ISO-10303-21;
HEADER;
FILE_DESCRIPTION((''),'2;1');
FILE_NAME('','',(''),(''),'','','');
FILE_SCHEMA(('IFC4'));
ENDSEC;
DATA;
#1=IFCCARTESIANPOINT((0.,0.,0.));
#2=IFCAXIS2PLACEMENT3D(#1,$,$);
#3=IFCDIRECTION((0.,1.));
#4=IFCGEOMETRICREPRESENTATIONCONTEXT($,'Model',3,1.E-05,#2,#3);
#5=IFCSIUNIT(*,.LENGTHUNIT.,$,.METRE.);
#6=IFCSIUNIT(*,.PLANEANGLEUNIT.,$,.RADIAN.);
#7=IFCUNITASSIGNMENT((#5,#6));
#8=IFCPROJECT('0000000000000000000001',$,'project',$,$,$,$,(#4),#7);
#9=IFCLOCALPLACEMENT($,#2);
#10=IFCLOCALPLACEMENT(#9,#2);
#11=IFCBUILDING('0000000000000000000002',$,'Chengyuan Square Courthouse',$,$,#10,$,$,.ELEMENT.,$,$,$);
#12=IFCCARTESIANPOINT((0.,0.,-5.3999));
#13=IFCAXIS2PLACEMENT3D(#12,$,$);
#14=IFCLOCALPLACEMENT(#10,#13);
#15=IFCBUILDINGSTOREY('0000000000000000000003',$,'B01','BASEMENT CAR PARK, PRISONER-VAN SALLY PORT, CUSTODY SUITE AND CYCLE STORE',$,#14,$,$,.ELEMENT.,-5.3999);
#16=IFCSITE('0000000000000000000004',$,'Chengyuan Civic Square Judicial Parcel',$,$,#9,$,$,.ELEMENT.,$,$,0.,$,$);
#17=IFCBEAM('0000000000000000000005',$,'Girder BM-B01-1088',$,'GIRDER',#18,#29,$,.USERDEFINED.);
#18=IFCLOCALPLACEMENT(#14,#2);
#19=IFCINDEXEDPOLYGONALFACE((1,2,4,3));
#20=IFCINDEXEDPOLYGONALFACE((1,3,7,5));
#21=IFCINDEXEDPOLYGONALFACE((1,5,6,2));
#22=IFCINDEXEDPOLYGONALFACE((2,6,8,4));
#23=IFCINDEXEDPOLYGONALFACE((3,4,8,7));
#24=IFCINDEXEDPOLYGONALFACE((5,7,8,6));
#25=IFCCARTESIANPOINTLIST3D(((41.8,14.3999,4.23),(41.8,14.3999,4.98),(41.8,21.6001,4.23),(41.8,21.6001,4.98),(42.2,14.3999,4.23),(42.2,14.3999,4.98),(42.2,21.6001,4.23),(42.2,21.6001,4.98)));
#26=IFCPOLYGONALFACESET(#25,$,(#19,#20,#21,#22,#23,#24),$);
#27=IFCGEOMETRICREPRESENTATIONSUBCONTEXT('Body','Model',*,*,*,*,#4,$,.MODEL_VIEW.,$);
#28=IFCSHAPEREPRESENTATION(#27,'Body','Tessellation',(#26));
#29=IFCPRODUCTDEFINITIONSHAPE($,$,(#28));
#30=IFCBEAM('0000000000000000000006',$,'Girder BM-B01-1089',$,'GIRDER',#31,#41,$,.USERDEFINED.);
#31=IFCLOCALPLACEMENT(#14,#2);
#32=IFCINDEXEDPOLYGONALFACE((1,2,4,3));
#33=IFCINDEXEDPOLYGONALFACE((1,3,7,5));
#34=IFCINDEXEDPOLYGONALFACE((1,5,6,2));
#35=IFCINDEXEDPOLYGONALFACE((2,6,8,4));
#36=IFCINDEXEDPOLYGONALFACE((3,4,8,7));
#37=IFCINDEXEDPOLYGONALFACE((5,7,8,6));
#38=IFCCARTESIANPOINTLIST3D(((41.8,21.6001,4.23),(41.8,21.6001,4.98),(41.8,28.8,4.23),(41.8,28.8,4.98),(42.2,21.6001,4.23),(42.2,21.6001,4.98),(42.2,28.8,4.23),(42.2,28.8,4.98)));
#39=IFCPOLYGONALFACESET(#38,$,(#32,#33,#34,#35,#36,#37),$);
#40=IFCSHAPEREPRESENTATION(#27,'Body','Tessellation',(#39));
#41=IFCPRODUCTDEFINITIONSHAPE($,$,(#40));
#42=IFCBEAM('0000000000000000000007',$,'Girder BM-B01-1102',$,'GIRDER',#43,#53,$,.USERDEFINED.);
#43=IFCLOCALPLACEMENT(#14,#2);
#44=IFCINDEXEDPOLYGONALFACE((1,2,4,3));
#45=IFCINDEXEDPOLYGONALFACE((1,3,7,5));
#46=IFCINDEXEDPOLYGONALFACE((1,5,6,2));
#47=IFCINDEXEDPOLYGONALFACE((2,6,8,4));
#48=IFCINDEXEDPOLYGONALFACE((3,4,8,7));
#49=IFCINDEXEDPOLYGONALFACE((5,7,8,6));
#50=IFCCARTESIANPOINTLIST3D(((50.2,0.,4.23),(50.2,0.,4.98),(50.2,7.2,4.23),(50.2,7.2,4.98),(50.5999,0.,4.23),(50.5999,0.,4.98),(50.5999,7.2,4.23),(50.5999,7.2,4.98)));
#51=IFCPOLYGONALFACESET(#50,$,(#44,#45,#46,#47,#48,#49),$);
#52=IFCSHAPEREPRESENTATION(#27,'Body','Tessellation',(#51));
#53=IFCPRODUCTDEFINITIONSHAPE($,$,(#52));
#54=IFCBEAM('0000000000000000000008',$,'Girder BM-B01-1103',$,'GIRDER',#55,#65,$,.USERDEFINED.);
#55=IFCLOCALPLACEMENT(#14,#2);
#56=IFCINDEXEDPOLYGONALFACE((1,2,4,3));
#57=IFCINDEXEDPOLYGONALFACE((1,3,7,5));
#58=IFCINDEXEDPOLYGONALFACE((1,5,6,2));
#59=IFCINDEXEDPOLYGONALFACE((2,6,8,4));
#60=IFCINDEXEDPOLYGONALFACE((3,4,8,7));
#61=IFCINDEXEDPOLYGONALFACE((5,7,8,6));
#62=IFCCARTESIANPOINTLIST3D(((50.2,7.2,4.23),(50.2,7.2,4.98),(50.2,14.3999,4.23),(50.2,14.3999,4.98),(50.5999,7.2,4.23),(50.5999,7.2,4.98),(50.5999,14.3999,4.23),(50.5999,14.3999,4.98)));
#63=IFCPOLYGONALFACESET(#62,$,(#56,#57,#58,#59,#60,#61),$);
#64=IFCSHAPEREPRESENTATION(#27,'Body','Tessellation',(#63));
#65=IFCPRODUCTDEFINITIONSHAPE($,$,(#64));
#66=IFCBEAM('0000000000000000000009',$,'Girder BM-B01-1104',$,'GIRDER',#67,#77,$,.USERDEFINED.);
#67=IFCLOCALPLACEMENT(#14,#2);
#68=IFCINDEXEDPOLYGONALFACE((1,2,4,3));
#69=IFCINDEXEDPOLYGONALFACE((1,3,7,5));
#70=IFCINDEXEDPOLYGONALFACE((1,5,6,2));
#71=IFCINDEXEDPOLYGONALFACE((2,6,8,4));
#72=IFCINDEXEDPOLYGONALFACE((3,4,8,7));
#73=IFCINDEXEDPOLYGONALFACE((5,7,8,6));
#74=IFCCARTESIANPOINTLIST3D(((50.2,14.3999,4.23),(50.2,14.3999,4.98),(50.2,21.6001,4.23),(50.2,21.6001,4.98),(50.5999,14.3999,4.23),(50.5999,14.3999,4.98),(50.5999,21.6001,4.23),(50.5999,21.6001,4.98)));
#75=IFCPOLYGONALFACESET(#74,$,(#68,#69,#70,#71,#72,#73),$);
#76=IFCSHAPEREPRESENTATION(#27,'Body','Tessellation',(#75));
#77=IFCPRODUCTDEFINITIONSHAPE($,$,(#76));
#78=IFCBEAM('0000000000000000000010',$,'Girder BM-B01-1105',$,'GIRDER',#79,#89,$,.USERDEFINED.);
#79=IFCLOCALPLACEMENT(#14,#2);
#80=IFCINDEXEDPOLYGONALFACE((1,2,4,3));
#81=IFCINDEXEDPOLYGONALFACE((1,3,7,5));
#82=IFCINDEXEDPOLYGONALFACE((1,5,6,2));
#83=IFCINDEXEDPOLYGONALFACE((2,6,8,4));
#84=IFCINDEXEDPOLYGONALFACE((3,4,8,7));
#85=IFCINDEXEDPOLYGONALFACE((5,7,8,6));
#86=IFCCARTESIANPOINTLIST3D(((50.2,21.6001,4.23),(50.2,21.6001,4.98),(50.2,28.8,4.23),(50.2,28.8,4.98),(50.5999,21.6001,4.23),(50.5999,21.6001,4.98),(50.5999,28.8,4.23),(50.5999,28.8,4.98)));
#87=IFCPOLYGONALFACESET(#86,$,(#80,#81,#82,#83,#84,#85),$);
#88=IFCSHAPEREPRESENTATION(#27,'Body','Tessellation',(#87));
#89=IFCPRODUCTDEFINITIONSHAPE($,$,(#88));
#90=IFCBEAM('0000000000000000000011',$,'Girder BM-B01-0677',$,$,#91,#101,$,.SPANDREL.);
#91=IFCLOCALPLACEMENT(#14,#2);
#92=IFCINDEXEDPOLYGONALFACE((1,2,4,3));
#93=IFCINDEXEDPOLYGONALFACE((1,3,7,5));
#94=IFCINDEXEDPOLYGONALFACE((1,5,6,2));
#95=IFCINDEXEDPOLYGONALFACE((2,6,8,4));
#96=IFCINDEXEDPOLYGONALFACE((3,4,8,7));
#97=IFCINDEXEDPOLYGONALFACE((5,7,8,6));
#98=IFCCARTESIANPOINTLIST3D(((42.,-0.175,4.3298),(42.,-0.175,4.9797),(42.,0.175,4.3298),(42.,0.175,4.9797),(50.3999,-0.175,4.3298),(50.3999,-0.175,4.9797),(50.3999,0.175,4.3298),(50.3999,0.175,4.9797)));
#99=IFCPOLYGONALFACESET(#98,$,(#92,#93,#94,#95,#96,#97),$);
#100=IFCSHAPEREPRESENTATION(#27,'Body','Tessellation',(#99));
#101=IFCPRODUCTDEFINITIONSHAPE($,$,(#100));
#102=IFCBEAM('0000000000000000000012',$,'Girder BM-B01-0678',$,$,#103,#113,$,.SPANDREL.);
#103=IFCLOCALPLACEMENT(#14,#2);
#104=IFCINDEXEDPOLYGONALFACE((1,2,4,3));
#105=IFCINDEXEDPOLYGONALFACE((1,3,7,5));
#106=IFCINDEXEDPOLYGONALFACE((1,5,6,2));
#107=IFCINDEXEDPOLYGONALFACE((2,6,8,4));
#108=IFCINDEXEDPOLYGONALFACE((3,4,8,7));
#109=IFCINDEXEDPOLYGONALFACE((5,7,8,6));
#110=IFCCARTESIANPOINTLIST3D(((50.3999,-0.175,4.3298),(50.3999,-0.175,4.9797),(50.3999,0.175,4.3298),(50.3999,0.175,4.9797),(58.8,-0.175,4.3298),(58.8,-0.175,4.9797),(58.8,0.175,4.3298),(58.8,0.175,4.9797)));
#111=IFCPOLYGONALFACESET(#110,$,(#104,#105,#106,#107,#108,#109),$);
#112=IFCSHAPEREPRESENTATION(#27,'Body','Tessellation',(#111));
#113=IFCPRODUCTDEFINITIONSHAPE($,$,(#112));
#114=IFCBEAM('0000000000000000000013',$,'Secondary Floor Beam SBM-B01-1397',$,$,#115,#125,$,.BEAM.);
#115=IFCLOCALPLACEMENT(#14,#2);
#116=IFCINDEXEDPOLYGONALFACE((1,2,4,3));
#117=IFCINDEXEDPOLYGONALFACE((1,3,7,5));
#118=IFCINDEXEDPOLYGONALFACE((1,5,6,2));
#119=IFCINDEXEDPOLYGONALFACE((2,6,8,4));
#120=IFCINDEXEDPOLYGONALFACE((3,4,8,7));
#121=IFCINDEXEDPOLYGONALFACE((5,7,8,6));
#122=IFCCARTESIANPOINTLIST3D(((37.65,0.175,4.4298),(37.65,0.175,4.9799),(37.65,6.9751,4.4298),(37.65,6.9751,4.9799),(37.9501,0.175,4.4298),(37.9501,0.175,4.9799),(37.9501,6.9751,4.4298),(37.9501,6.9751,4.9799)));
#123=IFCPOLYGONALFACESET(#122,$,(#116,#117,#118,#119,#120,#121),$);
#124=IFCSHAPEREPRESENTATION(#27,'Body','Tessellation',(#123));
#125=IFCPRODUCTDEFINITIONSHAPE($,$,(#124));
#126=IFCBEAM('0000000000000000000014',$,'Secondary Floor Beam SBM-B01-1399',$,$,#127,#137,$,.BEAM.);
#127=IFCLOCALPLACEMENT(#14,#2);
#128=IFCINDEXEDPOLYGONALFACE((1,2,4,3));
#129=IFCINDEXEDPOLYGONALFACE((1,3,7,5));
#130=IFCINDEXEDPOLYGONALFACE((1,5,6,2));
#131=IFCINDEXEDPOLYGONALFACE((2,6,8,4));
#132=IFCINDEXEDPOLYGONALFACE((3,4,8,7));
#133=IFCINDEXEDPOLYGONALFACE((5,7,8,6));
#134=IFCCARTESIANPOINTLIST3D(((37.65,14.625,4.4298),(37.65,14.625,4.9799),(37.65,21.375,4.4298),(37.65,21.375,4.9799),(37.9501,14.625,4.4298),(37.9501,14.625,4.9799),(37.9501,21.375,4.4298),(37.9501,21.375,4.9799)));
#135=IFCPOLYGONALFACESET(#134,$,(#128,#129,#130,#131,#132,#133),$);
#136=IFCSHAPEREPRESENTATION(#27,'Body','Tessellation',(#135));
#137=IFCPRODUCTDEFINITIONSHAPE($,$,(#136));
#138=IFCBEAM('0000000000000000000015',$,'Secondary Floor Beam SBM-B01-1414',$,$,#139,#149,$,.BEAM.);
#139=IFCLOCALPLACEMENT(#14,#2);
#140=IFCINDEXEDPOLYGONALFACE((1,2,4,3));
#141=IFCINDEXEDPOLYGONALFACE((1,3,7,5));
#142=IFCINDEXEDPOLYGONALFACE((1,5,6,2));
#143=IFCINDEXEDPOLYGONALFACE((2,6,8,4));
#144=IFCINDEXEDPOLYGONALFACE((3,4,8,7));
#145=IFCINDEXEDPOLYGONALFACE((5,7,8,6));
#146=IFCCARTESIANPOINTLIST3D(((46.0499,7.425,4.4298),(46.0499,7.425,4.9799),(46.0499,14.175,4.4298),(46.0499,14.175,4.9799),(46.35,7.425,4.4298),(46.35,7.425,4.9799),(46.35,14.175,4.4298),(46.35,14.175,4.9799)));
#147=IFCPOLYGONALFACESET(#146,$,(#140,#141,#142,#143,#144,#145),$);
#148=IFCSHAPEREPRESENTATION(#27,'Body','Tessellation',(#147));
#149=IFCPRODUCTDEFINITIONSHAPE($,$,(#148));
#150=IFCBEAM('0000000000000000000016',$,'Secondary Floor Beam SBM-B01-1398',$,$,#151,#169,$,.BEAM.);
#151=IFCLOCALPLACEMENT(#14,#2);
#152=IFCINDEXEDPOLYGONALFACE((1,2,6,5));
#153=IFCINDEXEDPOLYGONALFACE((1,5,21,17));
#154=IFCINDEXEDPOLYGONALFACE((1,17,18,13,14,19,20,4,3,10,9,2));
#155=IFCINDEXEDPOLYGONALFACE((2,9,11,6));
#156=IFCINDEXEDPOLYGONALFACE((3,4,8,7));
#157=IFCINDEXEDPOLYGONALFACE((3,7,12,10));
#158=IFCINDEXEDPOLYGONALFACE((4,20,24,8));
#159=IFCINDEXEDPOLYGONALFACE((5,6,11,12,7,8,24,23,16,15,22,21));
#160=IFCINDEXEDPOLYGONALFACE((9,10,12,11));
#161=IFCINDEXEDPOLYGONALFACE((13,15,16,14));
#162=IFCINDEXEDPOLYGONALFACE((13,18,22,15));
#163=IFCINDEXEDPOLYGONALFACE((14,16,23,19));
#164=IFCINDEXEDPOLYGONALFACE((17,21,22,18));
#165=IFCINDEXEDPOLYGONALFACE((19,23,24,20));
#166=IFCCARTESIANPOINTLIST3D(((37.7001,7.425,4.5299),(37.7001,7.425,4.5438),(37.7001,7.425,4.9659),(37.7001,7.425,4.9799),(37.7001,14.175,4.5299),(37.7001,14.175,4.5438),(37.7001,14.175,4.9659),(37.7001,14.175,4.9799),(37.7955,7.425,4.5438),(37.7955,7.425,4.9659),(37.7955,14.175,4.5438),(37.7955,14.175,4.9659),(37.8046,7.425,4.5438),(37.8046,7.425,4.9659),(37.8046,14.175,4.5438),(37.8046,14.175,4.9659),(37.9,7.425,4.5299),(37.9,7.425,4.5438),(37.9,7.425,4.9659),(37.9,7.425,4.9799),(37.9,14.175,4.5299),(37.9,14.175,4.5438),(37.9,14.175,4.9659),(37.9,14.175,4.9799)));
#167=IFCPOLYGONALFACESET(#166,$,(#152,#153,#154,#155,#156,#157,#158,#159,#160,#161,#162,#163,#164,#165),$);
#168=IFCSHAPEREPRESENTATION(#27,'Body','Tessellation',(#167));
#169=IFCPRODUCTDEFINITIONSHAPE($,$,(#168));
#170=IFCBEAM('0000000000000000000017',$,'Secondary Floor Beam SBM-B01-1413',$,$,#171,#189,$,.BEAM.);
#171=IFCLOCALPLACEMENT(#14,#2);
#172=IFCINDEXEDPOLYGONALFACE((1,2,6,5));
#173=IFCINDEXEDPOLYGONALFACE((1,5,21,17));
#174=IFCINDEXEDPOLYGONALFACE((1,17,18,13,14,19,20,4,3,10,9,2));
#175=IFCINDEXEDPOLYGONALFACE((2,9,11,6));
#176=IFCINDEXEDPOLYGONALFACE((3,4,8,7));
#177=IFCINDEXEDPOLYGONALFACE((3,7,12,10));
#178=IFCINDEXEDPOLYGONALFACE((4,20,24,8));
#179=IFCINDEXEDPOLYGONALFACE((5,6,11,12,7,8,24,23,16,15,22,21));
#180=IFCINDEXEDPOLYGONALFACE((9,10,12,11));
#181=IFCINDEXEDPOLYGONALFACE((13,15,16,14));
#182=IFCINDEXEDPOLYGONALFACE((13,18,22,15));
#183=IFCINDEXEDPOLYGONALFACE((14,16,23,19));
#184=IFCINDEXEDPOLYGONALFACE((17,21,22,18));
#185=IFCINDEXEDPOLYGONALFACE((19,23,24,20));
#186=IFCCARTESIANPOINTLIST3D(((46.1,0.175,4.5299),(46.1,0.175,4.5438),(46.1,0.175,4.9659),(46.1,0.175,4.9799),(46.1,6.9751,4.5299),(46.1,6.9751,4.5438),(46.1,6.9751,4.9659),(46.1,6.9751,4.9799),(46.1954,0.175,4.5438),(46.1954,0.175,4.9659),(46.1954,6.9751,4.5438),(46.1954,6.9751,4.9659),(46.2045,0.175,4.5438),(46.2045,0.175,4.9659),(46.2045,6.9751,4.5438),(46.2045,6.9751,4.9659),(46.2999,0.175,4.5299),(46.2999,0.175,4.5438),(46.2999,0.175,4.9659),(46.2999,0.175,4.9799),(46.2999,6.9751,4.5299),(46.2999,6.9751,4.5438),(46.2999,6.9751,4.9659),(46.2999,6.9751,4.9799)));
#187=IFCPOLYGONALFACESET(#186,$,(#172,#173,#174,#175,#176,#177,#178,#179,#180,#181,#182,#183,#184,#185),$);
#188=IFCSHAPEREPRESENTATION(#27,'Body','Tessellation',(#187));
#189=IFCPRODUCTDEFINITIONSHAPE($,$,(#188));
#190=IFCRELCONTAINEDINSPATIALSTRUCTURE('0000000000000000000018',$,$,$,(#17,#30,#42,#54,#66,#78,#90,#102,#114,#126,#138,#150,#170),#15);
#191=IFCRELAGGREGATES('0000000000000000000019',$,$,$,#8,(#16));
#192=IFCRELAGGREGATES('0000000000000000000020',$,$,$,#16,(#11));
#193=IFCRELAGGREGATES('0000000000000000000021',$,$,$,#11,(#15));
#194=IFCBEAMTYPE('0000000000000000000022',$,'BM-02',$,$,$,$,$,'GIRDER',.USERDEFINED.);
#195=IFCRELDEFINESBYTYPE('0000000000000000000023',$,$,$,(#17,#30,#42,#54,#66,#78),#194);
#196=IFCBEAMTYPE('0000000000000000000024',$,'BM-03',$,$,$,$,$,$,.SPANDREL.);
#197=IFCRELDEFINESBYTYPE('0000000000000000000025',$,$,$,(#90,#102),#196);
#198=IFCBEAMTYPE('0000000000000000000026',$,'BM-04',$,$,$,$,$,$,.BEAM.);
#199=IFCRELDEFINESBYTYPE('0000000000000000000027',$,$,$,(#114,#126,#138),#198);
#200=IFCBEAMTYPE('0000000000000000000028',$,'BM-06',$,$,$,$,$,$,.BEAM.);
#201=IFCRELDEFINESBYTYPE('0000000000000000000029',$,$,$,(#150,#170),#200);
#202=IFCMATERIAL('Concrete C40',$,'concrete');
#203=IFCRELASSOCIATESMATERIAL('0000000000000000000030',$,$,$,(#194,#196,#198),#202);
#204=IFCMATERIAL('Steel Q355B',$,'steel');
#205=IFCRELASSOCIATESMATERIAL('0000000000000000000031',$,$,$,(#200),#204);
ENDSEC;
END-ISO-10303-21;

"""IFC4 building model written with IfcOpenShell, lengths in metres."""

from ifc_helpers import new_model, si_unit, direction, frame, origin, origin_2d, place, context, subcontext, project, spatial, rectangle, i_section, extrude, material, material_profile, profile_set, type_object, element, save


model = new_model("IFC4")

# Units and contexts
model_context = context("Model", 3, precision=1e-05, world=origin(), true_north=direction((0.0, 1.0)))
body_context = subcontext(model_context, "Body", "Model", "MODEL_VIEW")
ifc_project = project(units=[si_unit("LENGTHUNIT", "METRE"), si_unit("PLANEANGLEUNIT", "RADIAN")], contexts=[model_context])

# Site, building, storey
site_placement = place(None, origin())
site = spatial("IfcSite", under=ifc_project, at=site_placement, Name="Chengyuan Civic Square Judicial Parcel", CompositionType="ELEMENT", RefElevation=0.0)
building_placement = place(site_placement, origin())
building = spatial("IfcBuilding", under=site, at=building_placement, Name="Chengyuan Square Courthouse", CompositionType="ELEMENT")
storey_placement = place(building_placement, frame((0.0, 0.0, -5.3999)))
storey = spatial("IfcBuildingStorey", under=building, at=storey_placement, Name="B01", Description="BASEMENT CAR PARK, PRISONER-VAN SALLY PORT, CUSTODY SUITE AND CYCLE STORE", CompositionType="ELEMENT", Elevation=-5.3999)

# Beams
ifc_material_1 = material(Name="Concrete C40", Category="concrete")
ifc_material_profile_1 = material_profile(ifc_material_1, rectangle(XDim=0.3999, YDim=0.75, at=origin_2d()), Name="RC-BM-400x750")
ifc_profile_set_1 = profile_set([ifc_material_profile_1], Name="Concrete C40")
beam_type_1 = type_object("IfcBeamType", Name="BM-02", ElementType="GIRDER", PredefinedType="USERDEFINED", material=ifc_profile_set_1)
beam_1_placement = place(storey_placement, frame((42.0, 14.3999, 4.605), z_axis=(0.0, 1.0, 0.0), x_axis=(-1.0, 0.0, 0.0)))
element("IfcBeam", 1, at=beam_1_placement, inside=storey, type_object=beam_type_1, Name="Girder BM-B01-1088", ObjectType="GIRDER", PredefinedType="USERDEFINED", context=body_context, shape_type="SweptSolid", body=[
    extrude(rectangle(XDim=0.3999, YDim=0.75, at=origin_2d()), origin(), (0.0, 0.0, 1.0), 7.2002),
])
for number, where, z_axis, x_axis, name in (
    (2, (42.0, 21.6001, 4.605), (0.0, 1.0, 0.0), (-1.0, 0.0, 0.0), "Girder BM-B01-1089"),
    (3, (50.3999, 0.0, 4.605), (0.0, 1.0, 0.0), (-1.0, 0.0, 0.0), "Girder BM-B01-1102"),
    (4, (50.3999, 7.2, 4.605), (0.0, 1.0, 0.0), (-1.0, 0.0, 0.0), "Girder BM-B01-1103"),
):
    element("IfcBeam", number, at=place(storey_placement, frame(where, z_axis=z_axis, x_axis=x_axis)), inside=storey, type_object=beam_type_1, Name=name, ObjectType="GIRDER", PredefinedType="USERDEFINED", context=body_context, shape_type="SweptSolid", body=[
        extrude(rectangle(XDim=0.3999, YDim=0.75, at=origin_2d()), origin(), (0.0, 0.0, 1.0), 7.2),
    ])
beam_2_placement = place(storey_placement, frame((50.3999, 14.3999, 4.605), z_axis=(0.0, 1.0, 0.0), x_axis=(-1.0, 0.0, 0.0)))
element("IfcBeam", 5, at=beam_2_placement, inside=storey, type_object=beam_type_1, Name="Girder BM-B01-1104", ObjectType="GIRDER", PredefinedType="USERDEFINED", context=body_context, shape_type="SweptSolid", body=[
    extrude(rectangle(XDim=0.3999, YDim=0.75, at=origin_2d()), origin(), (0.0, 0.0, 1.0), 7.2002),
])
beam_3_placement = place(storey_placement, frame((50.3999, 21.6001, 4.605), z_axis=(0.0, 1.0, 0.0), x_axis=(-1.0, 0.0, 0.0)))
element("IfcBeam", 6, at=beam_3_placement, inside=storey, type_object=beam_type_1, Name="Girder BM-B01-1105", ObjectType="GIRDER", PredefinedType="USERDEFINED", context=body_context, shape_type="SweptSolid", body=[
    extrude(rectangle(XDim=0.3999, YDim=0.75, at=origin_2d()), origin(), (0.0, 0.0, 1.0), 7.2),
])
ifc_material_profile_2 = material_profile(ifc_material_1, rectangle(XDim=0.3501, YDim=0.6499, at=origin_2d()), Name="RC-BM-350x650")
ifc_profile_set_2 = profile_set([ifc_material_profile_2], Name="Concrete C40")
beam_type_2 = type_object("IfcBeamType", Name="BM-03", PredefinedType="SPANDREL", material=ifc_profile_set_2)
beam_4_placement = place(storey_placement, frame((42.0, 0.0, 4.6548), z_axis=(1.0, 0.0, 0.0), x_axis=(0.0, 1.0, 0.0)))
element("IfcBeam", 7, at=beam_4_placement, inside=storey, type_object=beam_type_2, Name="Girder BM-B01-0677", PredefinedType="SPANDREL", context=body_context, shape_type="SweptSolid", body=[
    extrude(rectangle(XDim=0.3501, YDim=0.6499, at=origin_2d()), origin(), (0.0, 0.0, 1.0), 8.3999),
])
beam_5_placement = place(storey_placement, frame((50.3999, 0.0, 4.6548), z_axis=(1.0, 0.0, 0.0), x_axis=(0.0, 1.0, 0.0)))
element("IfcBeam", 8, at=beam_5_placement, inside=storey, type_object=beam_type_2, Name="Girder BM-B01-0678", PredefinedType="SPANDREL", context=body_context, shape_type="SweptSolid", body=[
    extrude(rectangle(XDim=0.3501, YDim=0.6499, at=origin_2d()), origin(), (0.0, 0.0, 1.0), 8.4001),
])
ifc_material_profile_3 = material_profile(ifc_material_1, rectangle(XDim=0.3, YDim=0.55, at=origin_2d()), Name="RC-BM-300x550")
ifc_profile_set_3 = profile_set([ifc_material_profile_3], Name="Concrete C40")
beam_type_3 = type_object("IfcBeamType", Name="BM-04", PredefinedType="BEAM", material=ifc_profile_set_3)
beam_6_placement = place(storey_placement, frame((37.8, 0.175, 4.7048), z_axis=(0.0, 1.0, 0.0), x_axis=(-1.0, 0.0, 0.0)))
element("IfcBeam", 9, at=beam_6_placement, inside=storey, type_object=beam_type_3, Name="Secondary Floor Beam SBM-B01-1397", PredefinedType="BEAM", context=body_context, shape_type="SweptSolid", body=[
    extrude(rectangle(XDim=0.3, YDim=0.55, at=origin_2d()), origin(), (0.0, 0.0, 1.0), 6.8),
])
for number, where, z_axis, x_axis, name in (
    (10, (37.8, 14.625, 4.7048), (0.0, 1.0, 0.0), (-1.0, 0.0, 0.0), "Secondary Floor Beam SBM-B01-1399"),
    (11, (46.2, 7.425, 4.7048), (0.0, 1.0, 0.0), (-1.0, 0.0, 0.0), "Secondary Floor Beam SBM-B01-1414"),
):
    element("IfcBeam", number, at=place(storey_placement, frame(where, z_axis=z_axis, x_axis=x_axis)), inside=storey, type_object=beam_type_3, Name=name, PredefinedType="BEAM", context=body_context, shape_type="SweptSolid", body=[
        extrude(rectangle(XDim=0.3, YDim=0.55, at=origin_2d()), origin(), (0.0, 0.0, 1.0), 6.75),
    ])
ifc_material_2 = material(Name="Steel Q355B", Category="steel")
ifc_material_profile_4 = material_profile(ifc_material_2, i_section(OverallWidth=0.2, OverallDepth=0.45, WebThickness=0.009, FlangeThickness=0.0139, at=origin_2d()), Name="HN 450x200x9x14")
ifc_profile_set_4 = profile_set([ifc_material_profile_4], Name="Steel Q355B")
beam_type_4 = type_object("IfcBeamType", Name="BM-06", PredefinedType="BEAM", material=ifc_profile_set_4)
beam_7_placement = place(storey_placement, frame((37.8, 7.425, 4.7549), z_axis=(0.0, 1.0, 0.0), x_axis=(-1.0, 0.0, 0.0)))
element("IfcBeam", 12, at=beam_7_placement, inside=storey, type_object=beam_type_4, Name="Secondary Floor Beam SBM-B01-1398", PredefinedType="BEAM", context=body_context, shape_type="SweptSolid", body=[
    extrude(i_section(OverallWidth=0.2, OverallDepth=0.45, WebThickness=0.009, FlangeThickness=0.0139, at=origin_2d()), origin(), (0.0, 0.0, 1.0), 6.75),
])
beam_8_placement = place(storey_placement, frame((46.2, 0.175, 4.7549), z_axis=(0.0, 1.0, 0.0), x_axis=(-1.0, 0.0, 0.0)))
element("IfcBeam", 13, at=beam_8_placement, inside=storey, type_object=beam_type_4, Name="Secondary Floor Beam SBM-B01-1413", PredefinedType="BEAM", context=body_context, shape_type="SweptSolid", body=[
    extrude(i_section(OverallWidth=0.2, OverallDepth=0.45, WebThickness=0.009, FlangeThickness=0.0139, at=origin_2d()), origin(), (0.0, 0.0, 1.0), 6.8),
])

save(model, "model.ifc")
